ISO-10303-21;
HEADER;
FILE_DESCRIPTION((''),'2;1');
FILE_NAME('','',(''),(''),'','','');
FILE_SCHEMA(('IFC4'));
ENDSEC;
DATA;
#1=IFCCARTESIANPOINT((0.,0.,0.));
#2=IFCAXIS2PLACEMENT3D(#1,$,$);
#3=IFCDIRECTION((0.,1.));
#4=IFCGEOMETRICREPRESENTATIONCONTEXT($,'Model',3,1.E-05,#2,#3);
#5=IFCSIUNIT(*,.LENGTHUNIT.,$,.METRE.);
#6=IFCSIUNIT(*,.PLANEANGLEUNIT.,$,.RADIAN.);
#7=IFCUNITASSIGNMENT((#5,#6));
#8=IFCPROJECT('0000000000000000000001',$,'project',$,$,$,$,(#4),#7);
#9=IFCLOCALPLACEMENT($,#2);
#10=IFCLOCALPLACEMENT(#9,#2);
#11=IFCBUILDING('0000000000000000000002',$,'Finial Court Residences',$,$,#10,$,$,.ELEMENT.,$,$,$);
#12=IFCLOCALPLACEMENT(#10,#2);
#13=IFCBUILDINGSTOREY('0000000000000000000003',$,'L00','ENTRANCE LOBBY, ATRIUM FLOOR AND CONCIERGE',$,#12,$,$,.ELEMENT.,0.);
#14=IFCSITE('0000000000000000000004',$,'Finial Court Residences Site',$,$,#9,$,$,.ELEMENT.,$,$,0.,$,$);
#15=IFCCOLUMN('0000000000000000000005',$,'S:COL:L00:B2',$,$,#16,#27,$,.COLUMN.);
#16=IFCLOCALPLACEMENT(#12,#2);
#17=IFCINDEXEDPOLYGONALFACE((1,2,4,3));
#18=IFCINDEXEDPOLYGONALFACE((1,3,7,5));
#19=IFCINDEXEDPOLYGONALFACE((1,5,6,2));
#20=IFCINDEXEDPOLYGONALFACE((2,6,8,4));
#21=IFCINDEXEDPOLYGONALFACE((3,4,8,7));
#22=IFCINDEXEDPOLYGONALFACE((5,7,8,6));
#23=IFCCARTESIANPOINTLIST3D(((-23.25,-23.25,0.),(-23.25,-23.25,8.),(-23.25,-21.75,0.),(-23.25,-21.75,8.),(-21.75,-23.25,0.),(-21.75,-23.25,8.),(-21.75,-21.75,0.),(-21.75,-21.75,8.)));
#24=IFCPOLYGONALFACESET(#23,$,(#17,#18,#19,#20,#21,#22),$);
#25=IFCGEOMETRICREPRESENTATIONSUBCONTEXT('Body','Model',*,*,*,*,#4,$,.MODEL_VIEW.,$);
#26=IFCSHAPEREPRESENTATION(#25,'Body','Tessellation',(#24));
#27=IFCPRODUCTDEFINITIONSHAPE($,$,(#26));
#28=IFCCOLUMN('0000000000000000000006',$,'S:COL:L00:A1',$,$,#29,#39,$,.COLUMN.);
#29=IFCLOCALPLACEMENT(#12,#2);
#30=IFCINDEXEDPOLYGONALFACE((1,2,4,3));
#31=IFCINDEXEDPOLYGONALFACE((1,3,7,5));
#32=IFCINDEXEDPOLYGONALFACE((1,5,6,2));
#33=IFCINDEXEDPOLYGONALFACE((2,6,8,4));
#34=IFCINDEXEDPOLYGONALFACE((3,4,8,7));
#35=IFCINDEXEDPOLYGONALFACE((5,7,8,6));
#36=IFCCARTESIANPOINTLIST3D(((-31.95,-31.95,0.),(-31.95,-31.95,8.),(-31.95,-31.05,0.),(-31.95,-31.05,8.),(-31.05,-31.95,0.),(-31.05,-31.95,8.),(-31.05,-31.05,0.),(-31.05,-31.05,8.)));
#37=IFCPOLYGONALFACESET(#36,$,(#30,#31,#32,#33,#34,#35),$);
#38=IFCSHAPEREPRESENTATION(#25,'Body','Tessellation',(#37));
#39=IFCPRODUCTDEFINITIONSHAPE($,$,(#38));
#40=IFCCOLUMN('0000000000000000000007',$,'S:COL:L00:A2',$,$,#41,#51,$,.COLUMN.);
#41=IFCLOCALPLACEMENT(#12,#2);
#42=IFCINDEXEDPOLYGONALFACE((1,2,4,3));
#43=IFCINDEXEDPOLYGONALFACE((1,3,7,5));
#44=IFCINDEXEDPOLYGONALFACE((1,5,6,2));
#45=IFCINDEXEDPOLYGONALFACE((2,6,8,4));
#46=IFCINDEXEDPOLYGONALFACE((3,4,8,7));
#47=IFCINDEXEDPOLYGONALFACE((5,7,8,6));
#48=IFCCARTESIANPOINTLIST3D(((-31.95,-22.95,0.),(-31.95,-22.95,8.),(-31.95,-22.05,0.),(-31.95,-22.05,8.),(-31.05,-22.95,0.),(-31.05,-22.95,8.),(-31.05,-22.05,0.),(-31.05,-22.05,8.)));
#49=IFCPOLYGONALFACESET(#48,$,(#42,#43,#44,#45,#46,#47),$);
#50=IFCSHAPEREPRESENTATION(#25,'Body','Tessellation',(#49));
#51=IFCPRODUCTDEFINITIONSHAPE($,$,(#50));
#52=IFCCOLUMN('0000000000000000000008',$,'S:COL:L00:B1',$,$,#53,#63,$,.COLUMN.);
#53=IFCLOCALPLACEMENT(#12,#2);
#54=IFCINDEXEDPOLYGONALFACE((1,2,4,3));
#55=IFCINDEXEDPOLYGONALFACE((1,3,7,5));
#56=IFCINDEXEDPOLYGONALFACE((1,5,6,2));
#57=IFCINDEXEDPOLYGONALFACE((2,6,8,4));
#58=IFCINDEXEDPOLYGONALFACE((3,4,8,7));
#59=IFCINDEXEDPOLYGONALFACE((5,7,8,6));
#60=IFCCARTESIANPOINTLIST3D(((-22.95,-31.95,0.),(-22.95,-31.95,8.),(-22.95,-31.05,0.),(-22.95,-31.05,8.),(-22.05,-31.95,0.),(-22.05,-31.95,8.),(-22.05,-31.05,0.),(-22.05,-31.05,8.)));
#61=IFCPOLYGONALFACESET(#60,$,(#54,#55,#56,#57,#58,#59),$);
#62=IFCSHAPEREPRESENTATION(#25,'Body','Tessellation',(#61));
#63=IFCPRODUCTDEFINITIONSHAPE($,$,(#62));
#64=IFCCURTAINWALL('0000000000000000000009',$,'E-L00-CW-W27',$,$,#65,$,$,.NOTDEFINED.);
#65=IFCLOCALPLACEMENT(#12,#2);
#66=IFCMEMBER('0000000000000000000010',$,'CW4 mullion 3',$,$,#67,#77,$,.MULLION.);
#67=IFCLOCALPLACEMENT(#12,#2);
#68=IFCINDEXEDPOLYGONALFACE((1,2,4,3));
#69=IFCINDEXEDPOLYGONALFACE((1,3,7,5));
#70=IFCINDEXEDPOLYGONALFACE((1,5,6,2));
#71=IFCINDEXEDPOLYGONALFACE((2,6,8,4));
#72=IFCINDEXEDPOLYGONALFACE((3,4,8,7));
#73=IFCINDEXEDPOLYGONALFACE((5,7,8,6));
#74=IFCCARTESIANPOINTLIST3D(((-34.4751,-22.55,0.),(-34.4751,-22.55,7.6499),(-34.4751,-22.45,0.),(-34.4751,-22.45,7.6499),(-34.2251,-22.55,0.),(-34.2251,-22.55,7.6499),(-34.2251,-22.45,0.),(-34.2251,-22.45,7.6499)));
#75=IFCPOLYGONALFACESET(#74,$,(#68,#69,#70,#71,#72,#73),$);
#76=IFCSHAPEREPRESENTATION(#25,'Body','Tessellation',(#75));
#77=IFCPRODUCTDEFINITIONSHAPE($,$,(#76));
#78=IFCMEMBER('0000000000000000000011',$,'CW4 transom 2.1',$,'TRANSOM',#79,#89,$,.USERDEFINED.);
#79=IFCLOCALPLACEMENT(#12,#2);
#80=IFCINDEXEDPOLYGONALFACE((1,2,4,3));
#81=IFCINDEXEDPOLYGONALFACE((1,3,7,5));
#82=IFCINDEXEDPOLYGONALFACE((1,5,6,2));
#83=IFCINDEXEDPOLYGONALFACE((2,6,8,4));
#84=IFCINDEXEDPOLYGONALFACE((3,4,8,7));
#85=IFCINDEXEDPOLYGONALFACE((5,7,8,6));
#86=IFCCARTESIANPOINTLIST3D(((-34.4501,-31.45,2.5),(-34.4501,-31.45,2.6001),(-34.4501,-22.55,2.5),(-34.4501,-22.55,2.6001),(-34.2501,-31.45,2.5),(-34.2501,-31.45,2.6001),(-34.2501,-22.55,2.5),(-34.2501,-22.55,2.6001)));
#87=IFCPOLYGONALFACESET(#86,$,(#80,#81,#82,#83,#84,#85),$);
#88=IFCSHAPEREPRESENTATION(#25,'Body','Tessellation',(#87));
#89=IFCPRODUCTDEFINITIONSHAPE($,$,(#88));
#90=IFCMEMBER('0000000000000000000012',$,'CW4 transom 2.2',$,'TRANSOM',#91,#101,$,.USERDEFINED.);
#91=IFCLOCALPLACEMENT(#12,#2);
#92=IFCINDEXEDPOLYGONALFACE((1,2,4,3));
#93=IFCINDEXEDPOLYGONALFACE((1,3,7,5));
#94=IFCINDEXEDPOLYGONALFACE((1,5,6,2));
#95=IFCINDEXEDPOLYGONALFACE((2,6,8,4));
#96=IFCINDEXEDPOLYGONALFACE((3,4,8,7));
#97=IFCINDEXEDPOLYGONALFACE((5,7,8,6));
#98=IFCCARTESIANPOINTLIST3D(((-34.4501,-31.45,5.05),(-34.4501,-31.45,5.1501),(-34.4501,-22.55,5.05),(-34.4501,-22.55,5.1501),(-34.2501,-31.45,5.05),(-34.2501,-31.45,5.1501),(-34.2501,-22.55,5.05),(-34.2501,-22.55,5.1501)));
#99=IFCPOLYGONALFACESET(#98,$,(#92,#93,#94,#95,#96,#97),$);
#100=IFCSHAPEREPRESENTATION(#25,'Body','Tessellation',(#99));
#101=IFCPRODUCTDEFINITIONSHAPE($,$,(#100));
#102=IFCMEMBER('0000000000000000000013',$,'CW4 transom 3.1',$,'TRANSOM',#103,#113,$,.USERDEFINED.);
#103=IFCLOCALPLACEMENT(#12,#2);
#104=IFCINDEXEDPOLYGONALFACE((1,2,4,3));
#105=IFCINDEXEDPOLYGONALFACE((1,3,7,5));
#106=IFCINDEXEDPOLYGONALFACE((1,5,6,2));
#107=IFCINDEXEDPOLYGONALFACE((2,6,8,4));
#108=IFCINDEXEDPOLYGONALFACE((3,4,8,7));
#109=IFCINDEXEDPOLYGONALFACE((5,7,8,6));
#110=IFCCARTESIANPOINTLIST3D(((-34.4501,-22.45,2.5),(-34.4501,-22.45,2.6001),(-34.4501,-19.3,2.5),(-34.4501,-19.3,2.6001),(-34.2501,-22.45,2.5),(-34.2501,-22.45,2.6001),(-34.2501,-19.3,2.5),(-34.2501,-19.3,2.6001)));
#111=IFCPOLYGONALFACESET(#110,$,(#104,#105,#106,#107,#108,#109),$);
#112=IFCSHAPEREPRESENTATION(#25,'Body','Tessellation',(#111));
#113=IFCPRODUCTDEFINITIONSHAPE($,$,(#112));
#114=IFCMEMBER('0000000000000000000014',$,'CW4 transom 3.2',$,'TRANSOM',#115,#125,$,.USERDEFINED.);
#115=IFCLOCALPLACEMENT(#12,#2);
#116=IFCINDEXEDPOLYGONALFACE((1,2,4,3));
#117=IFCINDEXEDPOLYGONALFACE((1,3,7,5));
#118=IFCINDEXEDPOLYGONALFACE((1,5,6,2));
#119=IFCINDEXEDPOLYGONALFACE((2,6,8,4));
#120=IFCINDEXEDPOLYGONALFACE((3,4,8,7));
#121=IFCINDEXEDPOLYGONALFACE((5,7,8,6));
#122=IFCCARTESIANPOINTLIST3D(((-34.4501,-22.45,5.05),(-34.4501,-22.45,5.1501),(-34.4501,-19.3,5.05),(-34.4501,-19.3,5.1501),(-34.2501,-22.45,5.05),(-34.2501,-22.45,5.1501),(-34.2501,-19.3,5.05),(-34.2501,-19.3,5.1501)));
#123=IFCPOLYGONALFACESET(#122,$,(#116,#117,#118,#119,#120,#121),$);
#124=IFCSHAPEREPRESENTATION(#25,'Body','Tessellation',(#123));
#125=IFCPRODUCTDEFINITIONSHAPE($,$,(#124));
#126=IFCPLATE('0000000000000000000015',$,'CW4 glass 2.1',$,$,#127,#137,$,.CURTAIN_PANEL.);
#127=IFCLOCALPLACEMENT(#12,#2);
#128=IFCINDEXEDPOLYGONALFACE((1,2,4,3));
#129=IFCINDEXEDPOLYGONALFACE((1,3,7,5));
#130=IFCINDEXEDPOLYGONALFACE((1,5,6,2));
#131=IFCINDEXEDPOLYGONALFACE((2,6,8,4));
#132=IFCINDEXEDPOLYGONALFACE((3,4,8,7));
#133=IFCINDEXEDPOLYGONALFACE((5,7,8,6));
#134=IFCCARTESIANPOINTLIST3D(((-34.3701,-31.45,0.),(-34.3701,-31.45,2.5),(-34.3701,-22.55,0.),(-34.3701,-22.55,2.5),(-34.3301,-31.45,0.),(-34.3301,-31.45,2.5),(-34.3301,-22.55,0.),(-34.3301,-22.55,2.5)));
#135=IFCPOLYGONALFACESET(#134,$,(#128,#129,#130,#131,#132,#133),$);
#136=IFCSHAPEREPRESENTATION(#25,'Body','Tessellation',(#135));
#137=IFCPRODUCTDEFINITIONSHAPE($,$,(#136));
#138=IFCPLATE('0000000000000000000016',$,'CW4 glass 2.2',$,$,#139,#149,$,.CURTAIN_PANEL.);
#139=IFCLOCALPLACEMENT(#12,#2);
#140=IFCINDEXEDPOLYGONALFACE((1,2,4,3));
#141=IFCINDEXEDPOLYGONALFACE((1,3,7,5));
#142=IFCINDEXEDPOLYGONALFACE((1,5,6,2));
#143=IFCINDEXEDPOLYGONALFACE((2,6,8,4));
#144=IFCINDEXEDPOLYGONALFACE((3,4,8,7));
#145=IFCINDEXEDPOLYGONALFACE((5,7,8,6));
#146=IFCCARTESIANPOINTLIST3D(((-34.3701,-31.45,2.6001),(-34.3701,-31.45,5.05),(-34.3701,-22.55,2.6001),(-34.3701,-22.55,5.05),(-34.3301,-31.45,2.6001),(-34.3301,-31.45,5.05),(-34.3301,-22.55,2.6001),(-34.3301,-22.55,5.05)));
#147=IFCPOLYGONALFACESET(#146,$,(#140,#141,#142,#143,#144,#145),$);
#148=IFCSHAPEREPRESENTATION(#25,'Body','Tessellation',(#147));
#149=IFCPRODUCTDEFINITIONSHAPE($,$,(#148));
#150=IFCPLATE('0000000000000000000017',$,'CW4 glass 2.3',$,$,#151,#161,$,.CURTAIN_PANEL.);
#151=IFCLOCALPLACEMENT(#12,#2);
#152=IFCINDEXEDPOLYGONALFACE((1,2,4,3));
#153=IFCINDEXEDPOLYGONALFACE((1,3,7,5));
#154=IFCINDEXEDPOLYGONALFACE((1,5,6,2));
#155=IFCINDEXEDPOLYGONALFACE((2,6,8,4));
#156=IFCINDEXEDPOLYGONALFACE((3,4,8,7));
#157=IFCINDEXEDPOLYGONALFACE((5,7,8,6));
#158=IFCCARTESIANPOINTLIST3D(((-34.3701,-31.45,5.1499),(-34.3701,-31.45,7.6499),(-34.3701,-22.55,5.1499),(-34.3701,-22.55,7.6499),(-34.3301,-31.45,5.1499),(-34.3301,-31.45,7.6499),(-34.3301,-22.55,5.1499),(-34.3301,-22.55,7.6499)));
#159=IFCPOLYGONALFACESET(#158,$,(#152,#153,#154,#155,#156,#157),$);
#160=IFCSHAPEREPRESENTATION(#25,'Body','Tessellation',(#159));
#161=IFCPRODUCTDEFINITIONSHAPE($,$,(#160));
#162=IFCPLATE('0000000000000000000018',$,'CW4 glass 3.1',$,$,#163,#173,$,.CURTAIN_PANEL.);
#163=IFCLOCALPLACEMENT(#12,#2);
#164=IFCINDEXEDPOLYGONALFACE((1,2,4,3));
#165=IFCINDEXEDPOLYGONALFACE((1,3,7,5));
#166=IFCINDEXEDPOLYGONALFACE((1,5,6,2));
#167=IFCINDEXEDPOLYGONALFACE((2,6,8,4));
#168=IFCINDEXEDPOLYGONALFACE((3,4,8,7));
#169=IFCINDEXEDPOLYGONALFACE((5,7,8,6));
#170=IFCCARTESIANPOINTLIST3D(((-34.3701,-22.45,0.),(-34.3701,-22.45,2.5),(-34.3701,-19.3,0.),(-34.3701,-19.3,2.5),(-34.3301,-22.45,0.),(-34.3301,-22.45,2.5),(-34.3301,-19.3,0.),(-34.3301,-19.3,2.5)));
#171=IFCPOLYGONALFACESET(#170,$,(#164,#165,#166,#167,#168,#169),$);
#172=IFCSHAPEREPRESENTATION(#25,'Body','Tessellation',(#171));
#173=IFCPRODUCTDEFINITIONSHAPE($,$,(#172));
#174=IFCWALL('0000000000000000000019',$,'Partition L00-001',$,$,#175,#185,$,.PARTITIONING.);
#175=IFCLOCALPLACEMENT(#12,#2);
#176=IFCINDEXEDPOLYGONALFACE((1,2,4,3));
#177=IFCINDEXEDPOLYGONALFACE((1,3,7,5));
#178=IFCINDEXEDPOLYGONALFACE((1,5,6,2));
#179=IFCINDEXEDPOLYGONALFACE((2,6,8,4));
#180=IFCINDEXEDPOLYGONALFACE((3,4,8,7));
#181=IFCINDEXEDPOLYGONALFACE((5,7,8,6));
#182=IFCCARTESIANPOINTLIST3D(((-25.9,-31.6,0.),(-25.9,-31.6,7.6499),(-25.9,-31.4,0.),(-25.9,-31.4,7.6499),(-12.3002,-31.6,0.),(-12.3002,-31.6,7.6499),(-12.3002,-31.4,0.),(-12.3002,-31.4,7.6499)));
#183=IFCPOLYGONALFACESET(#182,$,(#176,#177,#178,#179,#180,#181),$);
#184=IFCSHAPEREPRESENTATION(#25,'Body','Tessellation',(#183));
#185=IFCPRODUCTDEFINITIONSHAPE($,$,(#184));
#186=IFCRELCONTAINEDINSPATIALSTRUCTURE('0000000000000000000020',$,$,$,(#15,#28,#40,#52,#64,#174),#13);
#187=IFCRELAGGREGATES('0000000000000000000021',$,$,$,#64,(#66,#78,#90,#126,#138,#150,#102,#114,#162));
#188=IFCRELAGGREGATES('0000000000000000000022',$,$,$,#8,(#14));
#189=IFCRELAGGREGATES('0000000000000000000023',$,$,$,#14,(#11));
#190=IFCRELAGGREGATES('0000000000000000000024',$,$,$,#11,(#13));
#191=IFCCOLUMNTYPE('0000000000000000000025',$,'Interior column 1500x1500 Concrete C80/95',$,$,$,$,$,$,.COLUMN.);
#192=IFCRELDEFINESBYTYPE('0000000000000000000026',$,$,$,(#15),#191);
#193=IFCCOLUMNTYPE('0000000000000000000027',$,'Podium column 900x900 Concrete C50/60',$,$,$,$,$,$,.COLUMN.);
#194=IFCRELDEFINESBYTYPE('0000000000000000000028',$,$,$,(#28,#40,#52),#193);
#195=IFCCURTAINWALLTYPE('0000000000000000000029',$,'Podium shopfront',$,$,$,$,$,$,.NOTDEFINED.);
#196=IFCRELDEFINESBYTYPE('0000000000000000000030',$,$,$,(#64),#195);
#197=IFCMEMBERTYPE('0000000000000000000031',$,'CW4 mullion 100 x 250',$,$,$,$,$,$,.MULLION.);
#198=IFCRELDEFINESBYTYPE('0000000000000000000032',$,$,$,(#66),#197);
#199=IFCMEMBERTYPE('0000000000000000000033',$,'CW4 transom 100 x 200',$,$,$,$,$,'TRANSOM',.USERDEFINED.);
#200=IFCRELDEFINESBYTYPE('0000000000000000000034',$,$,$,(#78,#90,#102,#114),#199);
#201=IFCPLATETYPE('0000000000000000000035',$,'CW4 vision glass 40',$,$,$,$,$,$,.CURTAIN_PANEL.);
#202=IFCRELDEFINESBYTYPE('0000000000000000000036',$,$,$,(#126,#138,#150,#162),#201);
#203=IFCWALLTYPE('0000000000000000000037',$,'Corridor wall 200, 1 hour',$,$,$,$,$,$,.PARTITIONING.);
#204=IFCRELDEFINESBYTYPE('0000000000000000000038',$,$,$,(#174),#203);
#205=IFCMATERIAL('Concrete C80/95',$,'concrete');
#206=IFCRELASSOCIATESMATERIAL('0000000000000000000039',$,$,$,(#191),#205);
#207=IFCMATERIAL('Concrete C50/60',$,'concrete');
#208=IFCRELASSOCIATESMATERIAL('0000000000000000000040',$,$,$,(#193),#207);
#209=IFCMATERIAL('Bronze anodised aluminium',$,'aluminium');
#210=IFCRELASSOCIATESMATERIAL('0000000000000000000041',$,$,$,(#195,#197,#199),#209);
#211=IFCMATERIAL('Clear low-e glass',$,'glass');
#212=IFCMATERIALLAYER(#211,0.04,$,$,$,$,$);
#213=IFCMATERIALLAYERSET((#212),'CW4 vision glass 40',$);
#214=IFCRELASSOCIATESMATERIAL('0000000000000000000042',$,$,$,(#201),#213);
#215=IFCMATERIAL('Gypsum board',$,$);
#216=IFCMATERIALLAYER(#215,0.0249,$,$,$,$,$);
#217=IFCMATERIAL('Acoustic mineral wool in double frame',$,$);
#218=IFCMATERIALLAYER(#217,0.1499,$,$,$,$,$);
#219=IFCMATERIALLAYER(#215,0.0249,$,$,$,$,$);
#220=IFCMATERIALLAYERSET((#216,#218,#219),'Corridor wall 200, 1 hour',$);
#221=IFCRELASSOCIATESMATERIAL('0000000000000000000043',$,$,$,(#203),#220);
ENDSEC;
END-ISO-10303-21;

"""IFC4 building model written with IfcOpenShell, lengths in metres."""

from ifc_helpers import new_model, si_unit, direction, frame, frame_2d, origin, origin_2d, place, context, subcontext, project, spatial, rectangle, extrude, material, layer, layer_set, material_profile, profile_set, type_object, element, aggregate, save


model = new_model("IFC4")

# Units and contexts
model_context = context("Model", 3, precision=1e-05, world=origin(), true_north=direction((0.0, 1.0)))
body_context = subcontext(model_context, "Body", "Model", "MODEL_VIEW")
ifc_project = project(units=[si_unit("LENGTHUNIT", "METRE"), si_unit("PLANEANGLEUNIT", "RADIAN")], contexts=[model_context])

# Site, building, storey
site_placement = place(None, origin())
site = spatial("IfcSite", under=ifc_project, at=site_placement, Name="Finial Court Residences Site", CompositionType="ELEMENT", RefElevation=0.0)
building_placement = place(site_placement, origin())
building = spatial("IfcBuilding", under=site, at=building_placement, Name="Finial Court Residences", CompositionType="ELEMENT")
storey_placement = place(building_placement, origin())
storey = spatial("IfcBuildingStorey", under=building, at=storey_placement, Name="L00", Description="ENTRANCE LOBBY, ATRIUM FLOOR AND CONCIERGE", CompositionType="ELEMENT", Elevation=0.0)

# Columns
ifc_material_1 = material(Name="Concrete C80/95", Category="concrete")
ifc_material_profile_1 = material_profile(ifc_material_1, rectangle(XDim=1.5, YDim=1.5, at=origin_2d()), Name="1500x1500")
ifc_profile_set_1 = profile_set([ifc_material_profile_1], Name="Concrete C80/95")
column_type_1 = type_object("IfcColumnType", Name="Interior column 1500x1500 Concrete C80/95", PredefinedType="COLUMN", material=ifc_profile_set_1)
column_placement = place(storey_placement, frame((-22.5, -22.5, 0.0), z_axis=(0.0, 0.0, 1.0), x_axis=(1.0, 0.0, 0.0)))
element("IfcColumn", 1, at=column_placement, inside=storey, type_object=column_type_1, Name="S:COL:L00:B2", PredefinedType="COLUMN", context=body_context, shape_type="SweptSolid", body=[
    extrude(rectangle(XDim=1.5, YDim=1.5, at=origin_2d()), origin(), (0.0, 0.0, 1.0), 8.0),
])
ifc_material_2 = material(Name="Concrete C50/60", Category="concrete")
ifc_material_profile_2 = material_profile(ifc_material_2, rectangle(XDim=0.8999, YDim=0.8999, at=origin_2d()), Name="900x900")
ifc_profile_set_2 = profile_set([ifc_material_profile_2], Name="Concrete C50/60")
column_type_2 = type_object("IfcColumnType", Name="Podium column 900x900 Concrete C50/60", PredefinedType="COLUMN", material=ifc_profile_set_2)
for number, where, z_axis, x_axis, name in (
    (2, (-31.5, -31.5, 0.0), (0.0, 0.0, 1.0), (1.0, 0.0, 0.0), "S:COL:L00:A1"),
    (3, (-31.5, -22.5, 0.0), (0.0, 0.0, 1.0), (1.0, 0.0, 0.0), "S:COL:L00:A2"),
    (4, (-22.5, -31.5, 0.0), (0.0, 0.0, 1.0), (1.0, 0.0, 0.0), "S:COL:L00:B1"),
):
    element("IfcColumn", number, at=place(storey_placement, frame(where, z_axis=z_axis, x_axis=x_axis)), inside=storey, type_object=column_type_2, Name=name, PredefinedType="COLUMN", context=body_context, shape_type="SweptSolid", body=[
        extrude(rectangle(XDim=0.8999, YDim=0.8999, at=origin_2d()), origin(), (0.0, 0.0, 1.0), 8.0),
    ])

# Curtain wall, members, plates
ifc_material_3 = material(Name="Bronze anodised aluminium", Category="aluminium")
curtain_wall_type = type_object("IfcCurtainWallType", Name="Podium shopfront", PredefinedType="NOTDEFINED", material=ifc_material_3)
curtain_wall_placement = place(storey_placement, origin())
curtain_wall = element("IfcCurtainWall", 5, at=curtain_wall_placement, inside=storey, type_object=curtain_wall_type, Name="E-L00-CW-W27", PredefinedType="NOTDEFINED")
ifc_material_profile_3 = material_profile(ifc_material_3, rectangle(XDim=0.25, YDim=0.1001, at=origin_2d()), Name="CW4 mullion 100 x 250")
ifc_profile_set_3 = profile_set([ifc_material_profile_3], Name="Bronze anodised aluminium")
member_type_1 = type_object("IfcMemberType", Name="CW4 mullion 100 x 250", PredefinedType="MULLION", material=ifc_profile_set_3)
member_1_placement = place(storey_placement, frame((-34.3501, -22.5, 0.0), z_axis=(0.0, 0.0, 1.0), x_axis=(-1.0, 0.0, 0.0)))
member_1 = element("IfcMember", 6, at=member_1_placement, type_object=member_type_1, Name="CW4 mullion 3", PredefinedType="MULLION", context=body_context, shape_type="SweptSolid", body=[
    extrude(rectangle(XDim=0.25, YDim=0.1001, at=origin_2d()), origin(), (0.0, 0.0, 1.0), 7.6499),
])
ifc_material_profile_4 = material_profile(ifc_material_3, rectangle(XDim=0.2, YDim=0.1001, at=origin_2d()), Name="CW4 transom 100 x 200")
ifc_profile_set_4 = profile_set([ifc_material_profile_4], Name="Bronze anodised aluminium")
member_type_2 = type_object("IfcMemberType", Name="CW4 transom 100 x 200", ElementType="TRANSOM", PredefinedType="USERDEFINED", material=ifc_profile_set_4)
member_2_placement = place(storey_placement, frame((-34.3501, -31.45, 2.55), z_axis=(0.0, 1.0, 0.0), x_axis=(-1.0, 0.0, 0.0)))
member_2 = element("IfcMember", 7, at=member_2_placement, type_object=member_type_2, Name="CW4 transom 2.1", ObjectType="TRANSOM", PredefinedType="USERDEFINED", context=body_context, shape_type="SweptSolid", body=[
    extrude(rectangle(XDim=0.2, YDim=0.1001, at=origin_2d()), origin(), (0.0, 0.0, 1.0), 8.8999),
])
member_3_placement = place(storey_placement, frame((-34.3501, -31.45, 5.1001), z_axis=(0.0, 1.0, 0.0), x_axis=(-1.0, 0.0, 0.0)))
member_3 = element("IfcMember", 8, at=member_3_placement, type_object=member_type_2, Name="CW4 transom 2.2", ObjectType="TRANSOM", PredefinedType="USERDEFINED", context=body_context, shape_type="SweptSolid", body=[
    extrude(rectangle(XDim=0.2, YDim=0.1001, at=origin_2d()), origin(), (0.0, 0.0, 1.0), 8.8999),
])
member_4_placement = place(storey_placement, frame((-34.3501, -22.45, 2.55), z_axis=(0.0, 1.0, 0.0), x_axis=(-1.0, 0.0, 0.0)))
member_4 = element("IfcMember", 9, at=member_4_placement, type_object=member_type_2, Name="CW4 transom 3.1", ObjectType="TRANSOM", PredefinedType="USERDEFINED", context=body_context, shape_type="SweptSolid", body=[
    extrude(rectangle(XDim=0.2, YDim=0.1001, at=origin_2d()), origin(), (0.0, 0.0, 1.0), 3.1499),
])
member_5_placement = place(storey_placement, frame((-34.3501, -22.45, 5.1001), z_axis=(0.0, 1.0, 0.0), x_axis=(-1.0, 0.0, 0.0)))
member_5 = element("IfcMember", 10, at=member_5_placement, type_object=member_type_2, Name="CW4 transom 3.2", ObjectType="TRANSOM", PredefinedType="USERDEFINED", context=body_context, shape_type="SweptSolid", body=[
    extrude(rectangle(XDim=0.2, YDim=0.1001, at=origin_2d()), origin(), (0.0, 0.0, 1.0), 3.1499),
])
ifc_material_4 = material(Name="Clear low-e glass", Category="glass")
ifc_layer_1 = layer(ifc_material_4, 0.04)
ifc_layer_set_1 = layer_set([ifc_layer_1], Name="CW4 vision glass 40")
plate_type = type_object("IfcPlateType", Name="CW4 vision glass 40", PredefinedType="CURTAIN_PANEL", material=ifc_layer_set_1)
plate_1_placement = place(storey_placement, frame((-34.3501, -27.0, 0.0), z_axis=(0.0, 0.0, 1.0), x_axis=(0.0, 1.0, 0.0)))
plate_1 = element("IfcPlate", 11, at=plate_1_placement, type_object=plate_type, Name="CW4 glass 2.1", PredefinedType="CURTAIN_PANEL", context=body_context, shape_type="SweptSolid", body=[
    extrude(rectangle(XDim=8.8999, YDim=0.04, at=origin_2d()), origin(), (0.0, 0.0, 1.0), 2.5),
])
plate_2_placement = place(storey_placement, frame((-34.3501, -27.0, 2.6001), z_axis=(0.0, 0.0, 1.0), x_axis=(0.0, 1.0, 0.0)))
plate_2 = element("IfcPlate", 12, at=plate_2_placement, type_object=plate_type, Name="CW4 glass 2.2", PredefinedType="CURTAIN_PANEL", context=body_context, shape_type="SweptSolid", body=[
    extrude(rectangle(XDim=8.8999, YDim=0.04, at=origin_2d()), origin(), (0.0, 0.0, 1.0), 2.45),
])
plate_3_placement = place(storey_placement, frame((-34.3501, -27.0, 5.1499), z_axis=(0.0, 0.0, 1.0), x_axis=(0.0, 1.0, 0.0)))
plate_3 = element("IfcPlate", 13, at=plate_3_placement, type_object=plate_type, Name="CW4 glass 2.3", PredefinedType="CURTAIN_PANEL", context=body_context, shape_type="SweptSolid", body=[
    extrude(rectangle(XDim=8.8999, YDim=0.04, at=origin_2d()), origin(), (0.0, 0.0, 1.0), 2.5),
])
plate_4_placement = place(storey_placement, frame((-34.3501, -20.875, 0.0), z_axis=(0.0, 0.0, 1.0), x_axis=(0.0, 1.0, 0.0)))
plate_4 = element("IfcPlate", 14, at=plate_4_placement, type_object=plate_type, Name="CW4 glass 3.1", PredefinedType="CURTAIN_PANEL", context=body_context, shape_type="SweptSolid", body=[
    extrude(rectangle(XDim=3.1499, YDim=0.04, at=origin_2d()), origin(), (0.0, 0.0, 1.0), 2.5),
])
aggregate(curtain_wall, [member_1, member_2, member_3, plate_1, plate_2, plate_3, member_4, member_5, plate_4])

# Wall
ifc_material_5 = material(Name="Gypsum board")
ifc_layer_2 = layer(ifc_material_5, 0.0249)
ifc_material_6 = material(Name="Acoustic mineral wool in double frame")
ifc_layer_3 = layer(ifc_material_6, 0.1499)
ifc_layer_4 = layer(ifc_material_5, 0.0249)
ifc_layer_set_2 = layer_set([ifc_layer_2, ifc_layer_3, ifc_layer_4], Name="Corridor wall 200, 1 hour")
wall_type_1 = type_object("IfcWallType", Name="Corridor wall 200, 1 hour", PredefinedType="PARTITIONING", material=ifc_layer_set_2)
wall_1_placement = place(storey_placement, frame((-25.8999, -31.5, 0.0), z_axis=(0.0, 0.0, 1.0), x_axis=(1.0, 0.0, 0.0)))
element("IfcWall", 15, at=wall_1_placement, inside=storey, type_object=wall_type_1, Name="Partition L00-001", PredefinedType="PARTITIONING", context=body_context, shape_type="SweptSolid", body=[
    extrude(rectangle(XDim=13.5999, YDim=0.2, at=frame_2d((6.7998, 0.0))), origin(), (0.0, 0.0, 1.0), 7.6499),
])

save(model, "model.ifc")
